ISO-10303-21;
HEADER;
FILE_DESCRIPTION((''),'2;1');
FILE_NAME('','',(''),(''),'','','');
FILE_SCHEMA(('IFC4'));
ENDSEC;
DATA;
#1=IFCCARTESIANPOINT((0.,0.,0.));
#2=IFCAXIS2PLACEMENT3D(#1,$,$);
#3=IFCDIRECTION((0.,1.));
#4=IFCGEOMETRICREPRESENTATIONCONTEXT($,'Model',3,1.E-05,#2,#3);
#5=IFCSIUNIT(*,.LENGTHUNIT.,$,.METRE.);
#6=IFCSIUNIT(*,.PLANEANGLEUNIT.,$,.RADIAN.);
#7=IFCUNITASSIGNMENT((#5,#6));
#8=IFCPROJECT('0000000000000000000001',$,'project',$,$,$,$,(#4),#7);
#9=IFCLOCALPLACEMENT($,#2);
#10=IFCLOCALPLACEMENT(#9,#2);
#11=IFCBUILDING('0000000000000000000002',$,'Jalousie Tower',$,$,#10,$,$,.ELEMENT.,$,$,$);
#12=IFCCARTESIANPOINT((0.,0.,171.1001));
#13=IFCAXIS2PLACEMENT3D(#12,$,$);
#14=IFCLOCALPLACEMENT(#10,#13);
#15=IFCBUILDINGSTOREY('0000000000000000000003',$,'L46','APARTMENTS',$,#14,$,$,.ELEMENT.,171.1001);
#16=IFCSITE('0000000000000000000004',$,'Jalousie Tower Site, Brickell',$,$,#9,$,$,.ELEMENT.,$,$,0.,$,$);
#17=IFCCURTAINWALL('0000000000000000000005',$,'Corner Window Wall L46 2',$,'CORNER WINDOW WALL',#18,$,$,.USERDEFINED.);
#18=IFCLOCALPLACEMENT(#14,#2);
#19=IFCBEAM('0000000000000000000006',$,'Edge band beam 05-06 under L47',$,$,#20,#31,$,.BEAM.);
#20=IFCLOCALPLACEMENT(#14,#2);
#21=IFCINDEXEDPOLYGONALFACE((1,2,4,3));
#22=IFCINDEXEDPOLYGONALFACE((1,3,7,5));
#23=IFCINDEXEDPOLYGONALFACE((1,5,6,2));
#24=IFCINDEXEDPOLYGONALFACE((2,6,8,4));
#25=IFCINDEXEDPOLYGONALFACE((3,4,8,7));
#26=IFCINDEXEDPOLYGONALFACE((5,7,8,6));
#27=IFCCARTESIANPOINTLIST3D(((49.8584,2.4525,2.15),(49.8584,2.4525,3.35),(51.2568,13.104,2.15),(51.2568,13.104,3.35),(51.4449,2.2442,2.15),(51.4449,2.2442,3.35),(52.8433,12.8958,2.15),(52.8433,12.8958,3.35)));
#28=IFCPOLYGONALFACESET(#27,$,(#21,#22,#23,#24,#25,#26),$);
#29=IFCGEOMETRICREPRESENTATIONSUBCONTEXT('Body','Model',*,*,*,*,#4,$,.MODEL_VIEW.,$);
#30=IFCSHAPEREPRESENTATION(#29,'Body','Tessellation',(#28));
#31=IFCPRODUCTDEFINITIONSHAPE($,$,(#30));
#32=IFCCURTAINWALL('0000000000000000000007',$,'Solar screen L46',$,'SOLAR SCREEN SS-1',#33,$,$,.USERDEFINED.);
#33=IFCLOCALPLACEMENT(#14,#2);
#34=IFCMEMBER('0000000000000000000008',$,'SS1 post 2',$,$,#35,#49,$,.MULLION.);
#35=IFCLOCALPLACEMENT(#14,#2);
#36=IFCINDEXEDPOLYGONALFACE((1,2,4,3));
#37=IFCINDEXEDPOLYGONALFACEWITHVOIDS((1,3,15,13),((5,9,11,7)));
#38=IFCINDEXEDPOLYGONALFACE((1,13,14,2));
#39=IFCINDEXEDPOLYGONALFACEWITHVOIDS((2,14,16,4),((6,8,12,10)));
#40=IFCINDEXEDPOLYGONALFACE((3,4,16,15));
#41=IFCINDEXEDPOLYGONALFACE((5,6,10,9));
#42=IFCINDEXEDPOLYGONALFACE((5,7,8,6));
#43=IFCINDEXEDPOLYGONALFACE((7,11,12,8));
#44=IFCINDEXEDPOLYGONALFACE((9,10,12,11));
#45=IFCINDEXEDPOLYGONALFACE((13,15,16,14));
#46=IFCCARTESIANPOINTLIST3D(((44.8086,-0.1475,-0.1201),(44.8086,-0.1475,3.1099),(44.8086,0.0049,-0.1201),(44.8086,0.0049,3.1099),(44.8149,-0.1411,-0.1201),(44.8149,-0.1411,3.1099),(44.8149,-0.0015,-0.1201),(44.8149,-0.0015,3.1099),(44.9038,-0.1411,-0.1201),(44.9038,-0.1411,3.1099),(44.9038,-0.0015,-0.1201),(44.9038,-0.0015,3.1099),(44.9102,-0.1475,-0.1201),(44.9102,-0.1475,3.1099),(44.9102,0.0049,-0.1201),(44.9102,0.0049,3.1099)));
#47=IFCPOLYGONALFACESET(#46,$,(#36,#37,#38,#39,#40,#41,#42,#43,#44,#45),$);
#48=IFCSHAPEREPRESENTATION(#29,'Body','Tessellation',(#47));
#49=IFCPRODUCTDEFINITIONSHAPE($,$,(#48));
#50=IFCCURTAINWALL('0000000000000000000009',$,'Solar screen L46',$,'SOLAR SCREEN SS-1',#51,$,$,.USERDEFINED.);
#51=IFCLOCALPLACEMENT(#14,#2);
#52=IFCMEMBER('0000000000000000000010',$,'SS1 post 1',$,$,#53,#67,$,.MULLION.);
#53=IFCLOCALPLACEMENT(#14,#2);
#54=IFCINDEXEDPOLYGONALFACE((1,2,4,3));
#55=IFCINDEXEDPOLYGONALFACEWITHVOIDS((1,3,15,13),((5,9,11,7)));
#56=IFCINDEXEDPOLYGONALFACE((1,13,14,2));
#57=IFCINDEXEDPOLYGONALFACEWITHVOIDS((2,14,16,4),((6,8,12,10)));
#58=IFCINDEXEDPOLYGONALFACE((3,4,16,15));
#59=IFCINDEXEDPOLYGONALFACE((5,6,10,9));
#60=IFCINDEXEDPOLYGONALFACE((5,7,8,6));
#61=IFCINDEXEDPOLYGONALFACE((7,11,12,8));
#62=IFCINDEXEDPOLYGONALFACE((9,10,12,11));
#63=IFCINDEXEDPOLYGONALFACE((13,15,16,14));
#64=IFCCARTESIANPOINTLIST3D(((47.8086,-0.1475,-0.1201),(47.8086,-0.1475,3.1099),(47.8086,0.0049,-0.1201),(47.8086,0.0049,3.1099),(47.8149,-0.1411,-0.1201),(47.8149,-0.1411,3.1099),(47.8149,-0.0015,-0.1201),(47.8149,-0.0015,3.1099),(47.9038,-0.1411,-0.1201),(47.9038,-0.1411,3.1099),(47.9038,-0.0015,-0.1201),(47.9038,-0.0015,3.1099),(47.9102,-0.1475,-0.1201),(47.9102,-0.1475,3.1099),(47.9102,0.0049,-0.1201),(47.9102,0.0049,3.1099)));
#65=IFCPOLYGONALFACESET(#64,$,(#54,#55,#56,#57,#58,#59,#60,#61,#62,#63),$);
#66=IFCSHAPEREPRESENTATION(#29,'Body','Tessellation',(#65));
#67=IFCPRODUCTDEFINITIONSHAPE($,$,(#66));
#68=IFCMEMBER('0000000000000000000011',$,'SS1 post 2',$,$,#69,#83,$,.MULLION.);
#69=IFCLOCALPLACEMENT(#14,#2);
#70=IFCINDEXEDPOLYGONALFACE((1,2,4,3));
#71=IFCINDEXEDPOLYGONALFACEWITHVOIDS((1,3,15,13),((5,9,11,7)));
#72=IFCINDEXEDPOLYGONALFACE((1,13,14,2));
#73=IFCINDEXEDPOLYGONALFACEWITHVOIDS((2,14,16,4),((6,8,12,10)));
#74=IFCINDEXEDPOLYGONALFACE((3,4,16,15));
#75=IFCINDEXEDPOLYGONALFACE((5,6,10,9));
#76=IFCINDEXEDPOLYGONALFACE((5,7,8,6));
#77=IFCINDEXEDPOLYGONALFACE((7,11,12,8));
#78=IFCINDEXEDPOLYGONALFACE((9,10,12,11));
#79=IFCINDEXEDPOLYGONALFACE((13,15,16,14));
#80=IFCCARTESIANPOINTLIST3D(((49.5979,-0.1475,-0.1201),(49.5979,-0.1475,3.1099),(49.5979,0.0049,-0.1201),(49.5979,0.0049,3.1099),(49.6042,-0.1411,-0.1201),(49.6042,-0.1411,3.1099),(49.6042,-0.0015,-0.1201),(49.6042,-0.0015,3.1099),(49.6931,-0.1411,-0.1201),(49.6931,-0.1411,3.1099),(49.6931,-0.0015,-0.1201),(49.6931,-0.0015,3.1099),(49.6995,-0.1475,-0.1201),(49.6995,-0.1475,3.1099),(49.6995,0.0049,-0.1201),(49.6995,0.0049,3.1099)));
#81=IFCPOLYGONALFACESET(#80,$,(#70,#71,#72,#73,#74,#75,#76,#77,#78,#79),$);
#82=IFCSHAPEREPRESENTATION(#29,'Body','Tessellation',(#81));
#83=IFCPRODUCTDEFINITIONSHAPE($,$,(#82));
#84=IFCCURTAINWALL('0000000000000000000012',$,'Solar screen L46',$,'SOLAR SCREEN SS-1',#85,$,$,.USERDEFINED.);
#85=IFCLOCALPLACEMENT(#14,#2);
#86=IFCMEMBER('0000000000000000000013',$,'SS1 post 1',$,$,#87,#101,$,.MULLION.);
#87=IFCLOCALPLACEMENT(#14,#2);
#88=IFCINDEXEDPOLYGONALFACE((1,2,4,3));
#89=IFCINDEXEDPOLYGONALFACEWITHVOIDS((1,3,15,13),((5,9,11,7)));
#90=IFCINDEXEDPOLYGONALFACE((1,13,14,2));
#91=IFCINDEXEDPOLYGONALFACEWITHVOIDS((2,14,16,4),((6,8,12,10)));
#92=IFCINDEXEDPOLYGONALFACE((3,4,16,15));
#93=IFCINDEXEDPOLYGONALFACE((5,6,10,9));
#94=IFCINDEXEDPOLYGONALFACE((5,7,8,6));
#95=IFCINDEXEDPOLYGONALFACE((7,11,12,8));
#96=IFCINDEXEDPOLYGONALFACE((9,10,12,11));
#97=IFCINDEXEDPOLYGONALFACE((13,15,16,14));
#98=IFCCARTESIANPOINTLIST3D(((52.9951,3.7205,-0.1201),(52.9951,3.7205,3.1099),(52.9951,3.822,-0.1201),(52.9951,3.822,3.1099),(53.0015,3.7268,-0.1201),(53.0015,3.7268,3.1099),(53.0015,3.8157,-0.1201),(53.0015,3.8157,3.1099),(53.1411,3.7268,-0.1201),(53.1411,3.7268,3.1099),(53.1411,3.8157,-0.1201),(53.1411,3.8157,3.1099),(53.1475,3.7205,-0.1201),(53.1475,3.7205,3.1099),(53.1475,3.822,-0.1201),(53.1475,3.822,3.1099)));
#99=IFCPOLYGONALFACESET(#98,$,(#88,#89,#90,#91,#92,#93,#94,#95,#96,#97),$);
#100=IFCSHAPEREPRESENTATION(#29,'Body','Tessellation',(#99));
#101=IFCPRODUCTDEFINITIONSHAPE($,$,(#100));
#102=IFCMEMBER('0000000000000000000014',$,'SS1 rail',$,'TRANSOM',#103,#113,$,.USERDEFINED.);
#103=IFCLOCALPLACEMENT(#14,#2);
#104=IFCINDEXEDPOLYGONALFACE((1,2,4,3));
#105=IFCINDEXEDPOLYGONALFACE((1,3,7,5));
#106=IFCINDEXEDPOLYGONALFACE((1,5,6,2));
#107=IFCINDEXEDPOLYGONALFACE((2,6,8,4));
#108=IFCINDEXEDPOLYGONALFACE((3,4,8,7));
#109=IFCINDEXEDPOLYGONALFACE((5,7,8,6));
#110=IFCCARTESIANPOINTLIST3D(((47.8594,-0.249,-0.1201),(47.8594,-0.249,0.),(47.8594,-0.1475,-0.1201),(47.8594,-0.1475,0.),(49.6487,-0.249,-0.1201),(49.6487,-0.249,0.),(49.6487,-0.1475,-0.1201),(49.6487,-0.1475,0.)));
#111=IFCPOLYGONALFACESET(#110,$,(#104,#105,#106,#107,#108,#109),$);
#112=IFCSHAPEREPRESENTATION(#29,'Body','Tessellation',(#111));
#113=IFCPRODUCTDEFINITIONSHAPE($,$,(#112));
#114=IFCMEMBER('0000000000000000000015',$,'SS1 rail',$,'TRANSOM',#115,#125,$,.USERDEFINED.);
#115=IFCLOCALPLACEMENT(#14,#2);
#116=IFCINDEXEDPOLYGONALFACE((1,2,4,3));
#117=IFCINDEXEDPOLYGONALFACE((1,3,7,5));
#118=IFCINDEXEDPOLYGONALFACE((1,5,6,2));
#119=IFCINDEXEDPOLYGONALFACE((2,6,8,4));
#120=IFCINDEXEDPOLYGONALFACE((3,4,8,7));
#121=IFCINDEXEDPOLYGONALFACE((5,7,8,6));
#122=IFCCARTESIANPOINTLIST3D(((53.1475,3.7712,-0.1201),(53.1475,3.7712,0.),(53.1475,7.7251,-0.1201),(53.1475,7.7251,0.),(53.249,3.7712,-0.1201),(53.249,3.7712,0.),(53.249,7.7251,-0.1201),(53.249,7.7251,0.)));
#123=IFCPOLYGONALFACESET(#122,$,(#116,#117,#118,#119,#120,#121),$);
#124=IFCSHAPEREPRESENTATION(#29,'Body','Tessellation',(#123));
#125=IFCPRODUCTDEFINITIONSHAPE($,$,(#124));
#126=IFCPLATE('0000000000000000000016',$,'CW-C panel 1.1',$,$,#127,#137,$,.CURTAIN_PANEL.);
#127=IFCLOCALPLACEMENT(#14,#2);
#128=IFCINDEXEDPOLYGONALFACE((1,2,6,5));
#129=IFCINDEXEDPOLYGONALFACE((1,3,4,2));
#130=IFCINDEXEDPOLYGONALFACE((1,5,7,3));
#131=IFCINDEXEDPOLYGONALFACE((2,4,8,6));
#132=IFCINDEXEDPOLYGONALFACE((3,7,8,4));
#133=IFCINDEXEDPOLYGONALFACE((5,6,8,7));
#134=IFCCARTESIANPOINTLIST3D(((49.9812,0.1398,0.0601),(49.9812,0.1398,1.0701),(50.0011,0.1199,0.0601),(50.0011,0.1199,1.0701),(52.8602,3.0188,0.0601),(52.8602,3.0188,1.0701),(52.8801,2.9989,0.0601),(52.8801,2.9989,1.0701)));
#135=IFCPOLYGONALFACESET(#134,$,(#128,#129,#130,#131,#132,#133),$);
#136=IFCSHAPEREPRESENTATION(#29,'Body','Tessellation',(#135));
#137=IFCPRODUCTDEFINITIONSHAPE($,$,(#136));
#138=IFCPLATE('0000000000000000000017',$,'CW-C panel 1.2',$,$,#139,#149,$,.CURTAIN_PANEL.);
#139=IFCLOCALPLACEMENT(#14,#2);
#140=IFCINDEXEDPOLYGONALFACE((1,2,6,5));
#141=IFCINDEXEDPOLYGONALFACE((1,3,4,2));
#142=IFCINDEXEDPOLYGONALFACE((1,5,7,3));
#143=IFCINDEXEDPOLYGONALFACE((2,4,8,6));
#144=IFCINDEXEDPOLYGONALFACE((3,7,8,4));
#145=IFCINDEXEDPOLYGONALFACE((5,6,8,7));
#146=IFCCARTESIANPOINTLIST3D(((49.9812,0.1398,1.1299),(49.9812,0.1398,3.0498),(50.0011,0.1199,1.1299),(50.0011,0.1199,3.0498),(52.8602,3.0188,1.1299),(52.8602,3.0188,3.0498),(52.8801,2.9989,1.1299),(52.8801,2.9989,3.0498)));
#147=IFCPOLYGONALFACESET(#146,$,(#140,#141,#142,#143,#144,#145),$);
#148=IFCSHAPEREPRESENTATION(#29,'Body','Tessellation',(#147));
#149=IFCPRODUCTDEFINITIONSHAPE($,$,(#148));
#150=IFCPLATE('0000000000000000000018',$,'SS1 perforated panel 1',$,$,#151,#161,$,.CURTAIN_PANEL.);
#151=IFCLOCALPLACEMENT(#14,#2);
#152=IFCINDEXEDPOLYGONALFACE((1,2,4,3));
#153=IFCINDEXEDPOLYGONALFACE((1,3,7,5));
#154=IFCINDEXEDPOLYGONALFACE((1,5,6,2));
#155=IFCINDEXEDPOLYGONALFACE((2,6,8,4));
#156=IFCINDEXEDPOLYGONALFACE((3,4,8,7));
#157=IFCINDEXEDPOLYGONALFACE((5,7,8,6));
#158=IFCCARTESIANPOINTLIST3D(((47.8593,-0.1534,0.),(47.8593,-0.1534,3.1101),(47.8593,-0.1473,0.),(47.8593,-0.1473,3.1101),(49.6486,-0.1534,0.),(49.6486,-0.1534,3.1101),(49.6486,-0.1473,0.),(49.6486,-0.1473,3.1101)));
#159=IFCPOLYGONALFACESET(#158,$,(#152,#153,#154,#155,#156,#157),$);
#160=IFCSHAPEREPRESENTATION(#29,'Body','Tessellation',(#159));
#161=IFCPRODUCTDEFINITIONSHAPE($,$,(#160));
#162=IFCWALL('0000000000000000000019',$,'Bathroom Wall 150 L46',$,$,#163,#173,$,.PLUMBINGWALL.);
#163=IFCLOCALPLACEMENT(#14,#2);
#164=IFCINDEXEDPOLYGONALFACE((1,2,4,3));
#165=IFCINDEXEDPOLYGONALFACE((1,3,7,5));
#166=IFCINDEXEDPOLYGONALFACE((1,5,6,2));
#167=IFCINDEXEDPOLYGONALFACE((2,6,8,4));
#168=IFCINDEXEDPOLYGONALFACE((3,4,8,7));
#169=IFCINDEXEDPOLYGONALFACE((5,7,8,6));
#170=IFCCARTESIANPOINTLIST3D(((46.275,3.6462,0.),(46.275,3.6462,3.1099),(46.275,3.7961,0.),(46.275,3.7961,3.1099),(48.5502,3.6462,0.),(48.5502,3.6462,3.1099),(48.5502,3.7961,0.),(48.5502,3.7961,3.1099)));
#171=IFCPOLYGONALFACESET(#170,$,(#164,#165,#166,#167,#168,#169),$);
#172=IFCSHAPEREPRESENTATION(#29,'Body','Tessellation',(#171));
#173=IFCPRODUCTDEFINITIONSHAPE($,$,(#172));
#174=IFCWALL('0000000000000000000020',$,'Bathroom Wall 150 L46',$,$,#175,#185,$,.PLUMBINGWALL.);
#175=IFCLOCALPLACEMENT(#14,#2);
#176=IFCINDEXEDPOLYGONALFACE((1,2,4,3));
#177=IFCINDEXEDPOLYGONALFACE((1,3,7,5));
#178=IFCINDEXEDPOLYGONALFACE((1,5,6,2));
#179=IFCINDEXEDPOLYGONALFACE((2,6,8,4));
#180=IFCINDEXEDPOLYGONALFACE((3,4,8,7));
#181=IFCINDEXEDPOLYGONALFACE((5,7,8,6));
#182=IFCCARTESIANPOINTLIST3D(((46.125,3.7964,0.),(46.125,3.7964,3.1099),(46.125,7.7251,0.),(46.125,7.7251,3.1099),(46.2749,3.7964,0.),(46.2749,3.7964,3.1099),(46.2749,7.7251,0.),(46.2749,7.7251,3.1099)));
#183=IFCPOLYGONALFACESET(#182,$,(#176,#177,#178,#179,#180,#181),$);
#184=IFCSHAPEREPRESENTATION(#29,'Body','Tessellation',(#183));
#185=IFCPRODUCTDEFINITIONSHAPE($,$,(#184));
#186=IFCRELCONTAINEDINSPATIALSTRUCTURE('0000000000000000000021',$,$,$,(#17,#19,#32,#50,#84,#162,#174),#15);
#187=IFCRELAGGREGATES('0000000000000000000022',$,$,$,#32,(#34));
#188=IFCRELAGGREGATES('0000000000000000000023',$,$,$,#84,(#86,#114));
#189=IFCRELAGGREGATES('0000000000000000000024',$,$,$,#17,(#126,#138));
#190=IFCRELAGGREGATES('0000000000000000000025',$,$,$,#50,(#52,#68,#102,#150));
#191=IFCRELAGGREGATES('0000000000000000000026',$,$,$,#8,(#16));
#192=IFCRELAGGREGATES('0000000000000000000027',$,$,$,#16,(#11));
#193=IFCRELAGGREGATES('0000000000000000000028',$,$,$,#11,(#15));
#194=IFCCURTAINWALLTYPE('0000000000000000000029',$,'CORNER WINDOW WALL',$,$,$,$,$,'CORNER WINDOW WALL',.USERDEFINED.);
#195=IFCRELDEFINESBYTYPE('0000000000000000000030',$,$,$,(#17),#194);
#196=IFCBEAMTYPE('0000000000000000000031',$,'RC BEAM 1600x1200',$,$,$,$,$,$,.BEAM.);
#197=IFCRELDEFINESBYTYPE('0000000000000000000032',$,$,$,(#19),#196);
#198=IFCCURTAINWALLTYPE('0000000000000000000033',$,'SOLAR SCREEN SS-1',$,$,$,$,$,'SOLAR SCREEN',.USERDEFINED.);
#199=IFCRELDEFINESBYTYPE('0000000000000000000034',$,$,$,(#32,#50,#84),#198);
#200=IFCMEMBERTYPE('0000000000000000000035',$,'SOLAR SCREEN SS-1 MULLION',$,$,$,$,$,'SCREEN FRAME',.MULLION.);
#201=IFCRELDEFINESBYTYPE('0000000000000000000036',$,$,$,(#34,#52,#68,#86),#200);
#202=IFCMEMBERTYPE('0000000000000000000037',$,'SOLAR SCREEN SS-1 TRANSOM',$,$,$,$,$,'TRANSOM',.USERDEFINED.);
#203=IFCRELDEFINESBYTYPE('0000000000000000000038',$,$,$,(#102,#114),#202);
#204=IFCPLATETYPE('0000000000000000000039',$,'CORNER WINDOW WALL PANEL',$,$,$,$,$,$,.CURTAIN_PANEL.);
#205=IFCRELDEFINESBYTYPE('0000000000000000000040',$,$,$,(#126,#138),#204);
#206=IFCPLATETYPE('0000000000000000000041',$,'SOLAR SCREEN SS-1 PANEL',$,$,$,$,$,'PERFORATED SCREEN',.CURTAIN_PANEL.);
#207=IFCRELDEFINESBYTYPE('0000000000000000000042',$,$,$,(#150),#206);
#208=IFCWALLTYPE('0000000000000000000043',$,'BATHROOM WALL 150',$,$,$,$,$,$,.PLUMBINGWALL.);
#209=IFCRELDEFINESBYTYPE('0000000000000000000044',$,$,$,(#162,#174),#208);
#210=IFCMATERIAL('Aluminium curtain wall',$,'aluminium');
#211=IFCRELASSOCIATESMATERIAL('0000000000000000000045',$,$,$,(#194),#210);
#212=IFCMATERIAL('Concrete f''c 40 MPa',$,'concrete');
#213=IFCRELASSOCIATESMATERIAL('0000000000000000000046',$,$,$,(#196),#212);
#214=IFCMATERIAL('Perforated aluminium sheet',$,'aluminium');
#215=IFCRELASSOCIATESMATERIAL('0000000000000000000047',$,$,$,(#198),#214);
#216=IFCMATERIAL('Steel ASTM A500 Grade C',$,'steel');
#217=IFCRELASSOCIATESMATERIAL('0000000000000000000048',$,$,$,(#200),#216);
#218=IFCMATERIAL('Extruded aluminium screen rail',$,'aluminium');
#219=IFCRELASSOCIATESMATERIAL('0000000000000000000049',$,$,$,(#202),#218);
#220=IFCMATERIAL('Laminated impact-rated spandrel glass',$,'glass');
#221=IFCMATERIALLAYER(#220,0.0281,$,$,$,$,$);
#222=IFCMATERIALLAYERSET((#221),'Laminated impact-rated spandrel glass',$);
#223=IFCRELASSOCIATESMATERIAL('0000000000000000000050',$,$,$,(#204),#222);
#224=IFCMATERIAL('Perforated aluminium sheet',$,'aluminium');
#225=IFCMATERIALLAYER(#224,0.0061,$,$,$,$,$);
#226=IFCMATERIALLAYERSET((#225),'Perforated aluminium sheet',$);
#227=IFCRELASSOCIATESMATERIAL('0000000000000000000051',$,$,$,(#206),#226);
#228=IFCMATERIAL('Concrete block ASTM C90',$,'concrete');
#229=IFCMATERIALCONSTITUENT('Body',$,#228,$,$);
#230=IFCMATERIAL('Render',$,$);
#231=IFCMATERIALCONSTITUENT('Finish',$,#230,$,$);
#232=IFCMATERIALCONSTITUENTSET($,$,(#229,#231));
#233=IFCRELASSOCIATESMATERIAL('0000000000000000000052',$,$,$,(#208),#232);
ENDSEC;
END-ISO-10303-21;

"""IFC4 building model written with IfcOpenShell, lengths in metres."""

from ifc_helpers import new_model, si_unit, direction, frame, frame_2d, origin, origin_2d, place, context, subcontext, project, spatial, rectangle, hollow_rectangle, extrude, material, layer, layer_set, constituent, constituent_set, material_profile, profile_set, type_object, element, aggregate, save


model = new_model("IFC4")

# Units and contexts
model_context = context("Model", 3, precision=1e-05, world=origin(), true_north=direction((0.0, 1.0)))
body_context = subcontext(model_context, "Body", "Model", "MODEL_VIEW")
ifc_project = project(units=[si_unit("LENGTHUNIT", "METRE"), si_unit("PLANEANGLEUNIT", "RADIAN")], contexts=[model_context])

# Site, building, storey
site_placement = place(None, origin())
site = spatial("IfcSite", under=ifc_project, at=site_placement, Name="Jalousie Tower Site, Brickell", CompositionType="ELEMENT", RefElevation=0.0)
building_placement = place(site_placement, origin())
building = spatial("IfcBuilding", under=site, at=building_placement, Name="Jalousie Tower", CompositionType="ELEMENT")
storey_placement = place(building_placement, frame((0.0, 0.0, 171.1001)))
storey = spatial("IfcBuildingStorey", under=building, at=storey_placement, Name="L46", Description="APARTMENTS", CompositionType="ELEMENT", Elevation=171.1001)

# Curtain wall
ifc_material_1 = material(Name="Aluminium curtain wall", Category="aluminium")
curtain_wall_type_1 = type_object("IfcCurtainWallType", Name="CORNER WINDOW WALL", ElementType="CORNER WINDOW WALL", PredefinedType="USERDEFINED", material=ifc_material_1)
curtain_wall_1_placement = place(storey_placement, origin())
curtain_wall_1 = element("IfcCurtainWall", 1, at=curtain_wall_1_placement, inside=storey, type_object=curtain_wall_type_1, Name="Corner Window Wall L46 2", ObjectType="CORNER WINDOW WALL", PredefinedType="USERDEFINED")

# Beam
ifc_material_2 = material(Name="Concrete f'c 40 MPa", Category="concrete")
ifc_material_profile_1 = material_profile(ifc_material_2, rectangle(XDim=1.6001, YDim=1.2, at=origin_2d()), Name="RC 1600x1200")
ifc_profile_set_1 = profile_set([ifc_material_profile_1], Name="Concrete f'c 40 MPa")
beam_type = type_object("IfcBeamType", Name="RC BEAM 1600x1200", PredefinedType="BEAM", material=ifc_profile_set_1)
beam_placement = place(storey_placement, frame((50.6516, 2.3484, 2.75), z_axis=(0.130172, 0.991491, 0.0), x_axis=(-0.991491, 0.130172, 0.0)))
element("IfcBeam", 2, at=beam_placement, inside=storey, type_object=beam_type, Name="Edge band beam 05-06 under L47", PredefinedType="BEAM", context=body_context, shape_type="SweptSolid", body=[
    extrude(rectangle(XDim=1.6001, YDim=1.2, at=origin_2d()), origin(), (0.0, 0.0, 1.0), 10.7429),
])

# Curtain wall, member
ifc_material_3 = material(Name="Perforated aluminium sheet", Category="aluminium")
curtain_wall_type_2 = type_object("IfcCurtainWallType", Name="SOLAR SCREEN SS-1", ElementType="SOLAR SCREEN", PredefinedType="USERDEFINED", material=ifc_material_3)
curtain_wall_2_placement = place(storey_placement, origin())
curtain_wall_2 = element("IfcCurtainWall", 3, at=curtain_wall_2_placement, inside=storey, type_object=curtain_wall_type_2, Name="Solar screen L46", ObjectType="SOLAR SCREEN SS-1", PredefinedType="USERDEFINED")
ifc_material_4 = material(Name="Steel ASTM A500 Grade C", Category="steel")
ifc_material_profile_2 = material_profile(ifc_material_4, hollow_rectangle(XDim=0.1016, YDim=0.1523, WallThickness=0.0063, at=origin_2d()), Name="HSS6X4X1/4")
ifc_profile_set_2 = profile_set([ifc_material_profile_2], Name="Steel ASTM A500 Grade C")
member_type_1 = type_object("IfcMemberType", Name="SOLAR SCREEN SS-1 MULLION", ElementType="SCREEN FRAME", PredefinedType="MULLION", material=ifc_profile_set_2)
member_1_placement = place(storey_placement, frame((44.8594, -0.0713, -0.1201), z_axis=(0.0, 0.0, 1.0), x_axis=(1.0, 0.0, 0.0)))
member_1 = element("IfcMember", 4, at=member_1_placement, type_object=member_type_1, Name="SS1 post 2", PredefinedType="MULLION", context=body_context, shape_type="SweptSolid", body=[
    extrude(hollow_rectangle(XDim=0.1016, YDim=0.1523, WallThickness=0.0063, at=origin_2d()), origin(), (0.0, 0.0, 1.0), 3.23),
])
aggregate(curtain_wall_2, [member_1])

# Curtain wall, members
curtain_wall_3_placement = place(storey_placement, origin())
curtain_wall_3 = element("IfcCurtainWall", 5, at=curtain_wall_3_placement, inside=storey, type_object=curtain_wall_type_2, Name="Solar screen L46", ObjectType="SOLAR SCREEN SS-1", PredefinedType="USERDEFINED")
member_2_placement = place(storey_placement, frame((47.8594, -0.0713, -0.1201), z_axis=(0.0, 0.0, 1.0), x_axis=(1.0, 0.0, 0.0)))
member_2 = element("IfcMember", 6, at=member_2_placement, type_object=member_type_1, Name="SS1 post 1", PredefinedType="MULLION", context=body_context, shape_type="SweptSolid", body=[
    extrude(hollow_rectangle(XDim=0.1016, YDim=0.1523, WallThickness=0.0063, at=origin_2d()), origin(), (0.0, 0.0, 1.0), 3.23),
])
member_3_placement = place(storey_placement, frame((49.6487, -0.0713, -0.1201), z_axis=(0.0, 0.0, 1.0), x_axis=(1.0, 0.0, 0.0)))
member_3 = element("IfcMember", 7, at=member_3_placement, type_object=member_type_1, Name="SS1 post 2", PredefinedType="MULLION", context=body_context, shape_type="SweptSolid", body=[
    extrude(hollow_rectangle(XDim=0.1016, YDim=0.1523, WallThickness=0.0063, at=origin_2d()), origin(), (0.0, 0.0, 1.0), 3.23),
])

# Curtain wall, member
curtain_wall_4_placement = place(storey_placement, origin())
curtain_wall_4 = element("IfcCurtainWall", 8, at=curtain_wall_4_placement, inside=storey, type_object=curtain_wall_type_2, Name="Solar screen L46", ObjectType="SOLAR SCREEN SS-1", PredefinedType="USERDEFINED")
member_4_placement = place(storey_placement, frame((53.0713, 3.7712, -0.1201), z_axis=(0.0, 0.0, 1.0), x_axis=(0.0, 1.0, 0.0)))
member_4 = element("IfcMember", 9, at=member_4_placement, type_object=member_type_1, Name="SS1 post 1", PredefinedType="MULLION", context=body_context, shape_type="SweptSolid", body=[
    extrude(hollow_rectangle(XDim=0.1016, YDim=0.1523, WallThickness=0.0063, at=origin_2d()), origin(), (0.0, 0.0, 1.0), 3.23),
])

# Members
ifc_material_5 = material(Name="Extruded aluminium screen rail", Category="aluminium")
ifc_material_profile_3 = material_profile(ifc_material_5, rectangle(XDim=0.1016, YDim=0.1201, at=origin_2d()), Name="RAIL 102x120")
ifc_profile_set_3 = profile_set([ifc_material_profile_3], Name="Extruded aluminium screen rail")
member_type_2 = type_object("IfcMemberType", Name="SOLAR SCREEN SS-1 TRANSOM", ElementType="TRANSOM", PredefinedType="USERDEFINED", material=ifc_profile_set_3)
member_5_placement = place(storey_placement, frame((47.8594, -0.1982, -0.0601), z_axis=(1.0, 0.0, 0.0), x_axis=(0.0, 1.0, 0.0)))
member_5 = element("IfcMember", 10, at=member_5_placement, type_object=member_type_2, Name="SS1 rail", ObjectType="TRANSOM", PredefinedType="USERDEFINED", context=body_context, shape_type="SweptSolid", body=[
    extrude(rectangle(XDim=0.1016, YDim=0.1201, at=origin_2d()), origin(), (0.0, 0.0, 1.0), 1.7893),
])
member_6_placement = place(storey_placement, frame((53.1982, 3.7712, -0.0601), z_axis=(0.0, 1.0, 0.0), x_axis=(-1.0, 0.0, 0.0)))
member_6 = element("IfcMember", 11, at=member_6_placement, type_object=member_type_2, Name="SS1 rail", ObjectType="TRANSOM", PredefinedType="USERDEFINED", context=body_context, shape_type="SweptSolid", body=[
    extrude(rectangle(XDim=0.1016, YDim=0.1201, at=origin_2d()), origin(), (0.0, 0.0, 1.0), 3.9539),
])
aggregate(curtain_wall_4, [member_4, member_6])

# Plates
ifc_material_6 = material(Name="Laminated impact-rated spandrel glass", Category="glass")
ifc_layer_1 = layer(ifc_material_6, 0.0281)
ifc_layer_set_1 = layer_set([ifc_layer_1], Name="Laminated impact-rated spandrel glass")
plate_type_1 = type_object("IfcPlateType", Name="CORNER WINDOW WALL PANEL", PredefinedType="CURTAIN_PANEL", material=ifc_layer_set_1)
plate_1_placement = place(storey_placement, frame((51.4307, 1.5693, 0.0601), z_axis=(0.0, 0.0, 1.0), x_axis=(0.707107, 0.707107, 0.0)))
plate_1 = element("IfcPlate", 12, at=plate_1_placement, type_object=plate_type_1, Name="CW-C panel 1.1", PredefinedType="CURTAIN_PANEL", context=body_context, shape_type="SweptSolid", body=[
    extrude(rectangle(XDim=4.0715, YDim=0.0281, at=origin_2d()), origin(), (0.0, 0.0, 1.0), 1.01),
])
plate_2_placement = place(storey_placement, frame((51.4307, 1.5693, 1.1299), z_axis=(0.0, 0.0, 1.0), x_axis=(0.707107, 0.707107, 0.0)))
plate_2 = element("IfcPlate", 13, at=plate_2_placement, type_object=plate_type_1, Name="CW-C panel 1.2", PredefinedType="CURTAIN_PANEL", context=body_context, shape_type="SweptSolid", body=[
    extrude(rectangle(XDim=4.0715, YDim=0.0281, at=origin_2d()), origin(), (0.0, 0.0, 1.0), 1.9199),
])
aggregate(curtain_wall_1, [plate_1, plate_2])
ifc_material_7 = material(Name="Perforated aluminium sheet", Category="aluminium")
ifc_layer_2 = layer(ifc_material_7, 0.0061)
ifc_layer_set_2 = layer_set([ifc_layer_2], Name="Perforated aluminium sheet")
plate_type_2 = type_object("IfcPlateType", Name="SOLAR SCREEN SS-1 PANEL", ElementType="PERFORATED SCREEN", PredefinedType="CURTAIN_PANEL", material=ifc_layer_set_2)
plate_3_placement = place(storey_placement, frame((48.7539, -0.1504, 0.0), z_axis=(0.0, 0.0, 1.0), x_axis=(1.0, 0.0, 0.0)))
plate_3 = element("IfcPlate", 14, at=plate_3_placement, type_object=plate_type_2, Name="SS1 perforated panel 1", PredefinedType="CURTAIN_PANEL", context=body_context, shape_type="SweptSolid", body=[
    extrude(rectangle(XDim=1.7893, YDim=0.0061, at=origin_2d()), origin(), (0.0, 0.0, 1.0), 3.1101),
])
aggregate(curtain_wall_3, [member_2, member_3, member_5, plate_3])

# Walls
ifc_material_8 = material(Name="Concrete block ASTM C90", Category="concrete")
ifc_constituent_1 = constituent(ifc_material_8, Name="Body")
ifc_material_9 = material(Name="Render")
ifc_constituent_2 = constituent(ifc_material_9, Name="Finish")
ifc_constituent_set_1 = constituent_set(constituents=[ifc_constituent_1, ifc_constituent_2])
wall_type_1 = type_object("IfcWallType", Name="BATHROOM WALL 150", PredefinedType="PLUMBINGWALL", material=ifc_constituent_set_1)
wall_1_placement = place(storey_placement, frame((46.2749, 3.7212, 0.0), z_axis=(0.0, 0.0, 1.0), x_axis=(1.0, 0.0, 0.0)))
element("IfcWall", 15, at=wall_1_placement, inside=storey, type_object=wall_type_1, Name="Bathroom Wall 150 L46", PredefinedType="PLUMBINGWALL", context=body_context, shape_type="SweptSolid", body=[
    extrude(rectangle(XDim=2.2751, YDim=0.1499, at=frame_2d((1.1377, 0.0))), origin(), (0.0, 0.0, 1.0), 3.1099),
])
wall_2_placement = place(storey_placement, frame((46.2, 3.7964, 0.0), z_axis=(0.0, 0.0, 1.0), x_axis=(0.0, 1.0, 0.0)))
element("IfcWall", 16, at=wall_2_placement, inside=storey, type_object=wall_type_1, Name="Bathroom Wall 150 L46", PredefinedType="PLUMBINGWALL", context=body_context, shape_type="SweptSolid", body=[
    extrude(rectangle(XDim=3.9287, YDim=0.1499, at=frame_2d((1.9644, 0.0))), origin(), (0.0, 0.0, 1.0), 3.1099),
])

save(model, "model.ifc")
